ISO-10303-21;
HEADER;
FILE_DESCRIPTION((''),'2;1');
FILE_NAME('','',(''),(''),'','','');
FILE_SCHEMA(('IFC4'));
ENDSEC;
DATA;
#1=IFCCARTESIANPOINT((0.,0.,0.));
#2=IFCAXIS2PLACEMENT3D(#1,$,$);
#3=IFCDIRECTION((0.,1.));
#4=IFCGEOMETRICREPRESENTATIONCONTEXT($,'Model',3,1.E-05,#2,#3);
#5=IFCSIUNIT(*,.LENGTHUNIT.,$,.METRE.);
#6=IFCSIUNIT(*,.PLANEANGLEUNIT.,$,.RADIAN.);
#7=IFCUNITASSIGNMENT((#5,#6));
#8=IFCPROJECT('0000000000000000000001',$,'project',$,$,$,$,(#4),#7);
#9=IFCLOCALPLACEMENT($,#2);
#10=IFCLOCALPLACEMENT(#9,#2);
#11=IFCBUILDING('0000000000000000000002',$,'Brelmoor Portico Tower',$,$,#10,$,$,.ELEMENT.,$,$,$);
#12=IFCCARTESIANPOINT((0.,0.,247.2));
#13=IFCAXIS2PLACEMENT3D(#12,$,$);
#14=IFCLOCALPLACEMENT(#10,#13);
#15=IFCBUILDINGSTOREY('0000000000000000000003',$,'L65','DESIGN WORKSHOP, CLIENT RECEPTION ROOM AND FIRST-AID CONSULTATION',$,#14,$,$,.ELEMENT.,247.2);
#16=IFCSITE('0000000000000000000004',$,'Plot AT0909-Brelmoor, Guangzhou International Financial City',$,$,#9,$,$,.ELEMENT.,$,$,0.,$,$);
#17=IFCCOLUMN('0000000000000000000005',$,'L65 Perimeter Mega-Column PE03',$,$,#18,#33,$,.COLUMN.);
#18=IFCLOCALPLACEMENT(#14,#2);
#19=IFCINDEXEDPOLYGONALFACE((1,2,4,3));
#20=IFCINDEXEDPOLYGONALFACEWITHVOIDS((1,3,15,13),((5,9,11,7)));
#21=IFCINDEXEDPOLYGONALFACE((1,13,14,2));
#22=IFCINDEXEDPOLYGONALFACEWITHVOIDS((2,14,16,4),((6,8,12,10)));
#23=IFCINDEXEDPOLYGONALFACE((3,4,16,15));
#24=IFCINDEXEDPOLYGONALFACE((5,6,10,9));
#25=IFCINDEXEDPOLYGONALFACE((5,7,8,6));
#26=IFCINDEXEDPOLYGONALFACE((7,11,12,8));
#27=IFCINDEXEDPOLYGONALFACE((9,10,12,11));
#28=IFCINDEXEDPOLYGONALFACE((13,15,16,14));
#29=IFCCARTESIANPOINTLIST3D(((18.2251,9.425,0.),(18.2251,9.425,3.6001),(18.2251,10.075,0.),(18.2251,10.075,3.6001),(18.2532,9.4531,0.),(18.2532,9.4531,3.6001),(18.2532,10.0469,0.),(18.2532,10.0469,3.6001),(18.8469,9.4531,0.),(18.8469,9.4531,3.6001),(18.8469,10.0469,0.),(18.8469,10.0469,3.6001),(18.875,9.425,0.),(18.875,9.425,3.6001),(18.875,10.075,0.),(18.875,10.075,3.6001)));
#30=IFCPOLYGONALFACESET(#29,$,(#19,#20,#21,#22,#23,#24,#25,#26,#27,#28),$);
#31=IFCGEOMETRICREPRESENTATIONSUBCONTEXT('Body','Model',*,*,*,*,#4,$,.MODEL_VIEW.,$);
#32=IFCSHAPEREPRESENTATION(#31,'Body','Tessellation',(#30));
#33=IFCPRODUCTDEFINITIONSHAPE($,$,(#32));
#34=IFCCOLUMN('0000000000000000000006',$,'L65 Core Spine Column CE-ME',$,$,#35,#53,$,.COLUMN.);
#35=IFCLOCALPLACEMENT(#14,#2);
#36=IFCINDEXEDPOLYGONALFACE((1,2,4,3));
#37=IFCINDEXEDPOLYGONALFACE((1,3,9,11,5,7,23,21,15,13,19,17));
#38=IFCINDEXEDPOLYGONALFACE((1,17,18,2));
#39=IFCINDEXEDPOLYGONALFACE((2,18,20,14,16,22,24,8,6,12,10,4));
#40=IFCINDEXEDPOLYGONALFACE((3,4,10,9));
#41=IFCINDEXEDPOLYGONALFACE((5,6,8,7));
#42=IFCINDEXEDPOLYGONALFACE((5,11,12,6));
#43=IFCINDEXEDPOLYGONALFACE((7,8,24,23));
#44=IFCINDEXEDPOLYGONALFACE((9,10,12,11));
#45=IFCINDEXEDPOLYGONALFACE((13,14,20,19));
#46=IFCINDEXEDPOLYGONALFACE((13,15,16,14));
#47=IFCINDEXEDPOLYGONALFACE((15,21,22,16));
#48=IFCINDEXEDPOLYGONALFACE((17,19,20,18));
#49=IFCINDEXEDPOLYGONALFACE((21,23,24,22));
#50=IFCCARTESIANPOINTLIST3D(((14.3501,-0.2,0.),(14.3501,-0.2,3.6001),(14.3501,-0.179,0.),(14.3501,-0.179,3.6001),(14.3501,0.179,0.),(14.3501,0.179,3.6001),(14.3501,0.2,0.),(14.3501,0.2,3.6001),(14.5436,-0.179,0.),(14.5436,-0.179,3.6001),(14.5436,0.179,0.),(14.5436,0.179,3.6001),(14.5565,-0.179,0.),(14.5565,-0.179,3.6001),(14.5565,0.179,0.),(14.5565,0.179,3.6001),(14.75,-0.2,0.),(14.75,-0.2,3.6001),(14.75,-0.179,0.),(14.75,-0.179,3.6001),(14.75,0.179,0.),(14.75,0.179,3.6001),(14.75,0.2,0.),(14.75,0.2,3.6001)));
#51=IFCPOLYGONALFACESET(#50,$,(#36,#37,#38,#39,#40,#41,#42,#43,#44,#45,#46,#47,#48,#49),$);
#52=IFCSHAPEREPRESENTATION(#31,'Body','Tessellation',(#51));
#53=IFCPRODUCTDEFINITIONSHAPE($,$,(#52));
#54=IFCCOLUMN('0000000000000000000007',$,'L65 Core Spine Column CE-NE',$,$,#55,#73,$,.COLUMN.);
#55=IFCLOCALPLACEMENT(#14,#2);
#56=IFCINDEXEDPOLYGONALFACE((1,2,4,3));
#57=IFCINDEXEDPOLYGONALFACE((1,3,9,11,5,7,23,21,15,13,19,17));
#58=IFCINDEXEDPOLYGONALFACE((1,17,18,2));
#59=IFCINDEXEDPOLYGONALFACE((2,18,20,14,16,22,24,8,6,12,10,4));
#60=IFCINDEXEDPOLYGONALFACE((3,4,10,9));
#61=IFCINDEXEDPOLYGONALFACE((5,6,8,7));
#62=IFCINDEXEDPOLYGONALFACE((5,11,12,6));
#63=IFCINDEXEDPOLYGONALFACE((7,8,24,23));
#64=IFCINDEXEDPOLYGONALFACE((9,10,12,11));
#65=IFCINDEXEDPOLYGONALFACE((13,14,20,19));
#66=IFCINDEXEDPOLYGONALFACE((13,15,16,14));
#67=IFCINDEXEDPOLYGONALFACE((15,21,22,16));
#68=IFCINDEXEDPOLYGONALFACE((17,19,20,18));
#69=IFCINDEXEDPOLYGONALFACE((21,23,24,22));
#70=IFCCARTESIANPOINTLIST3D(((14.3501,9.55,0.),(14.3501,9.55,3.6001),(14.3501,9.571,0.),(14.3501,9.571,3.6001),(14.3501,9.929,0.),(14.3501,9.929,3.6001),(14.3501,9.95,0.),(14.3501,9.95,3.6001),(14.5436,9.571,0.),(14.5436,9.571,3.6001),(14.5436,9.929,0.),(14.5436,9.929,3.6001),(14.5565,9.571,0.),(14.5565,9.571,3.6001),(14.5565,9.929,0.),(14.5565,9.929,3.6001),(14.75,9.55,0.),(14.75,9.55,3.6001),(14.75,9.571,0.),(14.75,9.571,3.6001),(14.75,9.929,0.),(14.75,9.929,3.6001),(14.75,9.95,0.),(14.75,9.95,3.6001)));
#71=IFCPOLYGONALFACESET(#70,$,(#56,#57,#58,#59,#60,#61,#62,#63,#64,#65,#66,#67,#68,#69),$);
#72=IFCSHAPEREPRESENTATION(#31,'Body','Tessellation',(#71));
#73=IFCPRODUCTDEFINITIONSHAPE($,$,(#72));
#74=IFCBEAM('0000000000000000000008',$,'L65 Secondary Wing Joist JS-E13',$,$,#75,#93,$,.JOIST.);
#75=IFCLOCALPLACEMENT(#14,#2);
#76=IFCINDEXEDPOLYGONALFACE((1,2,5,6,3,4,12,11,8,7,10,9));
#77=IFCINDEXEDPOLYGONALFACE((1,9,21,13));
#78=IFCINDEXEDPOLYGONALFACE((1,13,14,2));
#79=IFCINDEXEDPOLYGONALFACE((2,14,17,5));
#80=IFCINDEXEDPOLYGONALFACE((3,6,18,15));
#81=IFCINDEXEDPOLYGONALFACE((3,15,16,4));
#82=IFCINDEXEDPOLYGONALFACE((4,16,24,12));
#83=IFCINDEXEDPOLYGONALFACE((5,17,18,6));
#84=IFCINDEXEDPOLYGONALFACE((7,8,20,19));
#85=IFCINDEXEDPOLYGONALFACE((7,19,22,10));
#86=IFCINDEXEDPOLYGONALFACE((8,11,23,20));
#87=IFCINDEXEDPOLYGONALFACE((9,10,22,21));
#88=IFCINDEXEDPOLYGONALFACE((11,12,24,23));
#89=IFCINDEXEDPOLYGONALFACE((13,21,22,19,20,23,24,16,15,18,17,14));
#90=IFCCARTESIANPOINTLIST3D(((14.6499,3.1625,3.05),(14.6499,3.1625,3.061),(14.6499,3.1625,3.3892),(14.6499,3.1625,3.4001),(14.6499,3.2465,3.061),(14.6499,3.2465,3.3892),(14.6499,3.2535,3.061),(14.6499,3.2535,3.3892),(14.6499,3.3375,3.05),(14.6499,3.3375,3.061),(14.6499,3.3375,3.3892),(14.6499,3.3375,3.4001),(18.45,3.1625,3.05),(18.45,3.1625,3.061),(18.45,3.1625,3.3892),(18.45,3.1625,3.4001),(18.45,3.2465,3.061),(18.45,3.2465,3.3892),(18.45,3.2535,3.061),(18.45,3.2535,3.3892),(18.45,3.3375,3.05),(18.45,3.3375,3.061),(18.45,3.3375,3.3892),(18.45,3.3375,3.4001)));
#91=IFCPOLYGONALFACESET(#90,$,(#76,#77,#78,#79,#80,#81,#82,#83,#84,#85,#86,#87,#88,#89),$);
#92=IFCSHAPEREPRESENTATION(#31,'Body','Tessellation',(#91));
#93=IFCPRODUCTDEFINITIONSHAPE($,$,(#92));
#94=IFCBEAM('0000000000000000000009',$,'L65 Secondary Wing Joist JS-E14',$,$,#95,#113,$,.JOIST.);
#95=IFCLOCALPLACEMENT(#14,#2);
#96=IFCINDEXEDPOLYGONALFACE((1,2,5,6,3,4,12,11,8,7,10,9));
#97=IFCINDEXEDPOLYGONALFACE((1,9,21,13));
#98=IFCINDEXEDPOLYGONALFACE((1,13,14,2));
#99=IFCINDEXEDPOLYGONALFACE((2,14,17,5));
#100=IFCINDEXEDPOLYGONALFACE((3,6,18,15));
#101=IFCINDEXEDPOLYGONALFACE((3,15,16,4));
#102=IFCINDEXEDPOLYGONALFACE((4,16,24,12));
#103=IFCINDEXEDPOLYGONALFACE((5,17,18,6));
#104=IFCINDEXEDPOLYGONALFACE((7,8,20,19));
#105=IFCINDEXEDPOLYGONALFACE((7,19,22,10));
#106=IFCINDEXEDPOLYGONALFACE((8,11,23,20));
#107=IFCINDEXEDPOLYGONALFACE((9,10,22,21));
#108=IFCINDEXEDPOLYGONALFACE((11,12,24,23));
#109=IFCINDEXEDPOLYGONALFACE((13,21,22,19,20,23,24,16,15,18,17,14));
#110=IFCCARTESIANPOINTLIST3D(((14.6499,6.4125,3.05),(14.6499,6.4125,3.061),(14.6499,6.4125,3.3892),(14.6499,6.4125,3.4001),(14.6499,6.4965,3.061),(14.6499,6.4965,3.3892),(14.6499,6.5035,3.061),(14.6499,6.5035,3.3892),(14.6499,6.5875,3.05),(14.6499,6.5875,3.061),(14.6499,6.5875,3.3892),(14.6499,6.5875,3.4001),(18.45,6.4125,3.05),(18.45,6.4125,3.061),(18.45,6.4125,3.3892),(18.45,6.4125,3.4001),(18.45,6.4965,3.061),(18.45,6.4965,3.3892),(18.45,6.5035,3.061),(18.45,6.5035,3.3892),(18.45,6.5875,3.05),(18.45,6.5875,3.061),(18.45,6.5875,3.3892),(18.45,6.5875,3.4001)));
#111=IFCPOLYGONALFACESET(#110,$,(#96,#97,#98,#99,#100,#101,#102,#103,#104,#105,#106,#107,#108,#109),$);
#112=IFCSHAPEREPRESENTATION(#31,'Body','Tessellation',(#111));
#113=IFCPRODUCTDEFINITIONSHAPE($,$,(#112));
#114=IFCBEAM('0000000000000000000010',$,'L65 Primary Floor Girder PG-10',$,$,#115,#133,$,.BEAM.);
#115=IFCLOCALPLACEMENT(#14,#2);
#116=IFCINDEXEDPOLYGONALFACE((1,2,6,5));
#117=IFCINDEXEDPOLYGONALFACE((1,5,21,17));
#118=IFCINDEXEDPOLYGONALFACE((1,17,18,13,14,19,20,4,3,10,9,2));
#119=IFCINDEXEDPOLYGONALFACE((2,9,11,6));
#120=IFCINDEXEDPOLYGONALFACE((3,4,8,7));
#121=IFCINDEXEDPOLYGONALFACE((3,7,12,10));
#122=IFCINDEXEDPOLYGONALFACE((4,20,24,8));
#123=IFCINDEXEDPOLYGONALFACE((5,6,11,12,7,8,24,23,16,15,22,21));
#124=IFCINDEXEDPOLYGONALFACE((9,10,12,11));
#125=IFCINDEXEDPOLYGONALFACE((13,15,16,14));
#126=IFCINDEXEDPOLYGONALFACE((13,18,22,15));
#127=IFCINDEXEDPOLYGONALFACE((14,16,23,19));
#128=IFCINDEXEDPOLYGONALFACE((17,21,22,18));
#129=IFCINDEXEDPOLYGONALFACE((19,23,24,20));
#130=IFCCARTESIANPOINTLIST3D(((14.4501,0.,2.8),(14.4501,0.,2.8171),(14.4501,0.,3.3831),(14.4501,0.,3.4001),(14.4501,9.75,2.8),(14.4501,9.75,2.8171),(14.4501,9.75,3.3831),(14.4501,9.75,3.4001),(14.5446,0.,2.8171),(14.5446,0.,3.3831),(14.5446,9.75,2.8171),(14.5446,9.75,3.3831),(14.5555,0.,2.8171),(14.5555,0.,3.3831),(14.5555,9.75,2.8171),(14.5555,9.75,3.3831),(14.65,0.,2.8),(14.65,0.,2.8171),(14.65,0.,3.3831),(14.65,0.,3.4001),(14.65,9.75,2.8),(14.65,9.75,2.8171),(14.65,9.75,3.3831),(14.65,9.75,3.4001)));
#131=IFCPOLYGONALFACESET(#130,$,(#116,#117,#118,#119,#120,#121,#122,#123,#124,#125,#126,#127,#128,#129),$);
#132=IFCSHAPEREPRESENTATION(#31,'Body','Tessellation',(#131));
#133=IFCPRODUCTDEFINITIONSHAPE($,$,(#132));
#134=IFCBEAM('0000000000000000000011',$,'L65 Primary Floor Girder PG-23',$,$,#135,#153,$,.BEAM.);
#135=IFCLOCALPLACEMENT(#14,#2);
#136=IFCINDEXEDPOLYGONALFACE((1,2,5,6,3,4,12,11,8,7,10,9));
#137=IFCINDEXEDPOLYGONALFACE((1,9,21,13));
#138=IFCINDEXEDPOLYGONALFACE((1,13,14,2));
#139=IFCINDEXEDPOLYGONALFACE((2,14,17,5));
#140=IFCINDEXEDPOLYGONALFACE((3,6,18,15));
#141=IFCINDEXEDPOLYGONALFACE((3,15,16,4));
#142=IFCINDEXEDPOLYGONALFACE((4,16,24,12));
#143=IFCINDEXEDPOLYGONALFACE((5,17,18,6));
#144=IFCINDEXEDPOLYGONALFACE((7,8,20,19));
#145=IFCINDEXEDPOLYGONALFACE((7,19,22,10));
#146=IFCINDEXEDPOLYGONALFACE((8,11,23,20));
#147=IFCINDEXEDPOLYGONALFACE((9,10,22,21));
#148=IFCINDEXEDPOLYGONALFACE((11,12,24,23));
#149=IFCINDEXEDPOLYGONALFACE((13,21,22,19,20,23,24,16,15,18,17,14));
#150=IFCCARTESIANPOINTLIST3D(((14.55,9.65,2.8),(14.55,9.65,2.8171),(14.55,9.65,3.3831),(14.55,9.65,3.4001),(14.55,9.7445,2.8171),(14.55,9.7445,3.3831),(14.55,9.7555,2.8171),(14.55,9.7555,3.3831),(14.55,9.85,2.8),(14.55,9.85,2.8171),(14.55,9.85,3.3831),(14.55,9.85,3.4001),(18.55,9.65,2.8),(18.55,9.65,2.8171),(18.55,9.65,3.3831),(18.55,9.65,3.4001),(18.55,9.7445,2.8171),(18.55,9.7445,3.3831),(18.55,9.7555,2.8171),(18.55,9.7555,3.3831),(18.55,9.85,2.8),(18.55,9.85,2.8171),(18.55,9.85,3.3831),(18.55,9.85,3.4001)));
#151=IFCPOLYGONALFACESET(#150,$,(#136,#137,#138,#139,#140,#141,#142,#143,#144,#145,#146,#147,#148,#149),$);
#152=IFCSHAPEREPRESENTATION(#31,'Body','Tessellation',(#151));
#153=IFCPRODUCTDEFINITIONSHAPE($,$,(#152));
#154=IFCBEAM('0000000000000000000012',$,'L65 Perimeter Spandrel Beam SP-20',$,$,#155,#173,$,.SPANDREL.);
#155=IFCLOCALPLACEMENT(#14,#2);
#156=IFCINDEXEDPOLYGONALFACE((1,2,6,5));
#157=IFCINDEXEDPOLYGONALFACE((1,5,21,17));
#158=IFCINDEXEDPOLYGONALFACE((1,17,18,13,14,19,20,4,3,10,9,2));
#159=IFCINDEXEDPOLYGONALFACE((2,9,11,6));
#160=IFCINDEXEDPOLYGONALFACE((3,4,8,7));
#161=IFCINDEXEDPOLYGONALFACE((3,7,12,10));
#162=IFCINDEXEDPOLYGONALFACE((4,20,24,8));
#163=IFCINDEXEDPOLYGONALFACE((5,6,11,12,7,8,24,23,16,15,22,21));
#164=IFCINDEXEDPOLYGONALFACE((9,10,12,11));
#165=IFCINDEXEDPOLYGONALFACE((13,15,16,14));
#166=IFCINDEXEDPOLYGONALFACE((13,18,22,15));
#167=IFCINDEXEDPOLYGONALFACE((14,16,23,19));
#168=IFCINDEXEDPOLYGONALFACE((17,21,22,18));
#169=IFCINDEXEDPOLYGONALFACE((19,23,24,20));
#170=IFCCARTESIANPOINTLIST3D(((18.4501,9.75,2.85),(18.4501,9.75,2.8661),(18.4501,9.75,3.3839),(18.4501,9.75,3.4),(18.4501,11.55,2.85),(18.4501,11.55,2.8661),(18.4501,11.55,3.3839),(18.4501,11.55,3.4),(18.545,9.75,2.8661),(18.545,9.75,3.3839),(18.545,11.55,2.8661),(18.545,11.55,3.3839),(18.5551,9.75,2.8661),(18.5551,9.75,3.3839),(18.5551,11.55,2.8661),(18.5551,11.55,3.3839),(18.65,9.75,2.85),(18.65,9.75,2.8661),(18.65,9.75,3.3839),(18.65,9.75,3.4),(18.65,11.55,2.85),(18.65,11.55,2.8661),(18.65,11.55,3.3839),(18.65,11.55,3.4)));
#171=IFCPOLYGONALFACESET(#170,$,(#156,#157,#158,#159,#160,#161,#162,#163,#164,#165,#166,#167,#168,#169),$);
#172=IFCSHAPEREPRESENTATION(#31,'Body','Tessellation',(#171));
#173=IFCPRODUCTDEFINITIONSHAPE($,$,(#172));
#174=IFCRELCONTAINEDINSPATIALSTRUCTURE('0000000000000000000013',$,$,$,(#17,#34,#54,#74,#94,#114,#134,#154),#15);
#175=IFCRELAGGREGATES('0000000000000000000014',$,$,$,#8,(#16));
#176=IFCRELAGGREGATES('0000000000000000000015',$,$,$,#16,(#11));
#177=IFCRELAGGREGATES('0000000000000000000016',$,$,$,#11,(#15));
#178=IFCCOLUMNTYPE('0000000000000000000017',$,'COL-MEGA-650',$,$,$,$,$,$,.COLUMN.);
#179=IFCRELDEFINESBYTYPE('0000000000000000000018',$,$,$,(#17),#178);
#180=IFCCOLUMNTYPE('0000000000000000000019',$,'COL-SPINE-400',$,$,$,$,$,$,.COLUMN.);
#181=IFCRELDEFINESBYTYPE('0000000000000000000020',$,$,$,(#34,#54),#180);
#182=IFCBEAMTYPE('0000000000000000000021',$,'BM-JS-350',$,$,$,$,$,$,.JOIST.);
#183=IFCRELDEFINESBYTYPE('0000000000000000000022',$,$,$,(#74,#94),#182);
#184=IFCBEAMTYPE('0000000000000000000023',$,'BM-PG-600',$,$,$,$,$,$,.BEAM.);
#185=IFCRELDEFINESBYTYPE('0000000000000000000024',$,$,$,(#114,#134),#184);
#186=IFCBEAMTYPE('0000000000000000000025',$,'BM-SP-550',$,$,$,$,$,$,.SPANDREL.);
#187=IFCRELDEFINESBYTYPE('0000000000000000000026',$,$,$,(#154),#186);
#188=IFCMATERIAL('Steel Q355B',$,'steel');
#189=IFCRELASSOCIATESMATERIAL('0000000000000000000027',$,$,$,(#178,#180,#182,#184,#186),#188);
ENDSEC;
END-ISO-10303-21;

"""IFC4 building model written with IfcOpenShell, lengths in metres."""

from ifc_helpers import new_model, si_unit, direction, frame, origin, origin_2d, place, context, subcontext, project, spatial, hollow_rectangle, i_section, extrude, material, material_profile, profile_set, type_object, element, save


model = new_model("IFC4")

# Units and contexts
model_context = context("Model", 3, precision=1e-05, world=origin(), true_north=direction((0.0, 1.0)))
body_context = subcontext(model_context, "Body", "Model", "MODEL_VIEW")
ifc_project = project(units=[si_unit("LENGTHUNIT", "METRE"), si_unit("PLANEANGLEUNIT", "RADIAN")], contexts=[model_context])

# Site, building, storey
site_placement = place(None, origin())
site = spatial("IfcSite", under=ifc_project, at=site_placement, Name="Plot AT0909-Brelmoor, Guangzhou International Financial City", CompositionType="ELEMENT", RefElevation=0.0)
building_placement = place(site_placement, origin())
building = spatial("IfcBuilding", under=site, at=building_placement, Name="Brelmoor Portico Tower", CompositionType="ELEMENT")
storey_placement = place(building_placement, frame((0.0, 0.0, 247.2)))
storey = spatial("IfcBuildingStorey", under=building, at=storey_placement, Name="L65", Description="DESIGN WORKSHOP, CLIENT RECEPTION ROOM AND FIRST-AID CONSULTATION", CompositionType="ELEMENT", Elevation=247.2)

# Columns
ifc_material_1 = material(Name="Steel Q355B", Category="steel")
ifc_material_profile_1 = material_profile(ifc_material_1, hollow_rectangle(XDim=0.6499, YDim=0.6499, WallThickness=0.0281, at=origin_2d()), Name="BOX 650x650x28")
ifc_profile_set_1 = profile_set([ifc_material_profile_1], Name="Steel Q355B")
column_type_1 = type_object("IfcColumnType", Name="COL-MEGA-650", PredefinedType="COLUMN", material=ifc_profile_set_1)
column_placement = place(storey_placement, frame((18.55, 9.75, 0.0), z_axis=(0.0, 0.0, 1.0), x_axis=(0.0, 1.0, 0.0)))
element("IfcColumn", 1, at=column_placement, inside=storey, type_object=column_type_1, Name="L65 Perimeter Mega-Column PE03", PredefinedType="COLUMN", context=body_context, shape_type="SweptSolid", body=[
    extrude(hollow_rectangle(XDim=0.6499, YDim=0.6499, WallThickness=0.0281, at=origin_2d()), origin(), (0.0, 0.0, 1.0), 3.6001),
])
ifc_material_profile_2 = material_profile(ifc_material_1, i_section(OverallWidth=0.3999, OverallDepth=0.3999, WebThickness=0.0129, FlangeThickness=0.021, at=origin_2d()), Name="HW 400x400x13x21")
ifc_profile_set_2 = profile_set([ifc_material_profile_2], Name="Steel Q355B")
column_type_2 = type_object("IfcColumnType", Name="COL-SPINE-400", PredefinedType="COLUMN", material=ifc_profile_set_2)
for number, where, z_axis, x_axis, name in (
    (2, (14.55, 0.0, 0.0), (0.0, 0.0, 1.0), (1.0, 0.0, 0.0), "L65 Core Spine Column CE-ME"),
    (3, (14.55, 9.75, 0.0), (0.0, 0.0, 1.0), (1.0, 0.0, 0.0), "L65 Core Spine Column CE-NE"),
):
    element("IfcColumn", number, at=place(storey_placement, frame(where, z_axis=z_axis, x_axis=x_axis)), inside=storey, type_object=column_type_2, Name=name, PredefinedType="COLUMN", context=body_context, shape_type="SweptSolid", body=[
        extrude(i_section(OverallWidth=0.3999, OverallDepth=0.3999, WebThickness=0.0129, FlangeThickness=0.021, at=origin_2d()), origin(), (0.0, 0.0, 1.0), 3.6001),
    ])

# Beams
ifc_material_profile_3 = material_profile(ifc_material_1, i_section(OverallWidth=0.175, OverallDepth=0.3501, WebThickness=0.0071, FlangeThickness=0.011, at=origin_2d()), Name="HN 350x175x7x11")
ifc_profile_set_3 = profile_set([ifc_material_profile_3], Name="Steel Q355B")
beam_type_1 = type_object("IfcBeamType", Name="BM-JS-350", PredefinedType="JOIST", material=ifc_profile_set_3)
for number, where, z_axis, x_axis, name in (
    (4, (14.6499, 3.25, 3.2251), (1.0, 0.0, 0.0), (0.0, 1.0, 0.0), "L65 Secondary Wing Joist JS-E13"),
    (5, (14.6499, 6.5, 3.2251), (1.0, 0.0, 0.0), (0.0, 1.0, 0.0), "L65 Secondary Wing Joist JS-E14"),
):
    element("IfcBeam", number, at=place(storey_placement, frame(where, z_axis=z_axis, x_axis=x_axis)), inside=storey, type_object=beam_type_1, Name=name, PredefinedType="JOIST", context=body_context, shape_type="SweptSolid", body=[
        extrude(i_section(OverallWidth=0.175, OverallDepth=0.3501, WebThickness=0.0071, FlangeThickness=0.011, at=origin_2d()), origin(), (0.0, 0.0, 1.0), 3.8),
    ])
ifc_material_profile_4 = material_profile(ifc_material_1, i_section(OverallWidth=0.2, OverallDepth=0.6001, WebThickness=0.011, FlangeThickness=0.0171, at=origin_2d()), Name="HN 600x200x11x17")
ifc_profile_set_4 = profile_set([ifc_material_profile_4], Name="Steel Q355B")
beam_type_2 = type_object("IfcBeamType", Name="BM-PG-600", PredefinedType="BEAM", material=ifc_profile_set_4)
beam_1_placement = place(storey_placement, frame((14.55, 0.0, 3.1001), z_axis=(0.0, 1.0, 0.0), x_axis=(-1.0, 0.0, 0.0)))
element("IfcBeam", 6, at=beam_1_placement, inside=storey, type_object=beam_type_2, Name="L65 Primary Floor Girder PG-10", PredefinedType="BEAM", context=body_context, shape_type="SweptSolid", body=[
    extrude(i_section(OverallWidth=0.2, OverallDepth=0.6001, WebThickness=0.011, FlangeThickness=0.0171, at=origin_2d()), origin(), (0.0, 0.0, 1.0), 9.75),
])
beam_2_placement = place(storey_placement, frame((14.55, 9.75, 3.1001), z_axis=(1.0, 0.0, 0.0), x_axis=(0.0, 1.0, 0.0)))
element("IfcBeam", 7, at=beam_2_placement, inside=storey, type_object=beam_type_2, Name="L65 Primary Floor Girder PG-23", PredefinedType="BEAM", context=body_context, shape_type="SweptSolid", body=[
    extrude(i_section(OverallWidth=0.2, OverallDepth=0.6001, WebThickness=0.011, FlangeThickness=0.0171, at=origin_2d()), origin(), (0.0, 0.0, 1.0), 4.0),
])
ifc_material_profile_5 = material_profile(ifc_material_1, i_section(OverallWidth=0.2, OverallDepth=0.55, WebThickness=0.01, FlangeThickness=0.0161, at=origin_2d()), Name="HN 550x200x10x16")
ifc_profile_set_5 = profile_set([ifc_material_profile_5], Name="Steel Q355B")
beam_type_3 = type_object("IfcBeamType", Name="BM-SP-550", PredefinedType="SPANDREL", material=ifc_profile_set_5)
beam_3_placement = place(storey_placement, frame((18.55, 9.75, 3.125), z_axis=(0.0, 1.0, 0.0), x_axis=(-1.0, 0.0, 0.0)))
element("IfcBeam", 8, at=beam_3_placement, inside=storey, type_object=beam_type_3, Name="L65 Perimeter Spandrel Beam SP-20", PredefinedType="SPANDREL", context=body_context, shape_type="SweptSolid", body=[
    extrude(i_section(OverallWidth=0.2, OverallDepth=0.55, WebThickness=0.01, FlangeThickness=0.0161, at=origin_2d()), origin(), (0.0, 0.0, 1.0), 1.8),
])

save(model, "model.ifc")
